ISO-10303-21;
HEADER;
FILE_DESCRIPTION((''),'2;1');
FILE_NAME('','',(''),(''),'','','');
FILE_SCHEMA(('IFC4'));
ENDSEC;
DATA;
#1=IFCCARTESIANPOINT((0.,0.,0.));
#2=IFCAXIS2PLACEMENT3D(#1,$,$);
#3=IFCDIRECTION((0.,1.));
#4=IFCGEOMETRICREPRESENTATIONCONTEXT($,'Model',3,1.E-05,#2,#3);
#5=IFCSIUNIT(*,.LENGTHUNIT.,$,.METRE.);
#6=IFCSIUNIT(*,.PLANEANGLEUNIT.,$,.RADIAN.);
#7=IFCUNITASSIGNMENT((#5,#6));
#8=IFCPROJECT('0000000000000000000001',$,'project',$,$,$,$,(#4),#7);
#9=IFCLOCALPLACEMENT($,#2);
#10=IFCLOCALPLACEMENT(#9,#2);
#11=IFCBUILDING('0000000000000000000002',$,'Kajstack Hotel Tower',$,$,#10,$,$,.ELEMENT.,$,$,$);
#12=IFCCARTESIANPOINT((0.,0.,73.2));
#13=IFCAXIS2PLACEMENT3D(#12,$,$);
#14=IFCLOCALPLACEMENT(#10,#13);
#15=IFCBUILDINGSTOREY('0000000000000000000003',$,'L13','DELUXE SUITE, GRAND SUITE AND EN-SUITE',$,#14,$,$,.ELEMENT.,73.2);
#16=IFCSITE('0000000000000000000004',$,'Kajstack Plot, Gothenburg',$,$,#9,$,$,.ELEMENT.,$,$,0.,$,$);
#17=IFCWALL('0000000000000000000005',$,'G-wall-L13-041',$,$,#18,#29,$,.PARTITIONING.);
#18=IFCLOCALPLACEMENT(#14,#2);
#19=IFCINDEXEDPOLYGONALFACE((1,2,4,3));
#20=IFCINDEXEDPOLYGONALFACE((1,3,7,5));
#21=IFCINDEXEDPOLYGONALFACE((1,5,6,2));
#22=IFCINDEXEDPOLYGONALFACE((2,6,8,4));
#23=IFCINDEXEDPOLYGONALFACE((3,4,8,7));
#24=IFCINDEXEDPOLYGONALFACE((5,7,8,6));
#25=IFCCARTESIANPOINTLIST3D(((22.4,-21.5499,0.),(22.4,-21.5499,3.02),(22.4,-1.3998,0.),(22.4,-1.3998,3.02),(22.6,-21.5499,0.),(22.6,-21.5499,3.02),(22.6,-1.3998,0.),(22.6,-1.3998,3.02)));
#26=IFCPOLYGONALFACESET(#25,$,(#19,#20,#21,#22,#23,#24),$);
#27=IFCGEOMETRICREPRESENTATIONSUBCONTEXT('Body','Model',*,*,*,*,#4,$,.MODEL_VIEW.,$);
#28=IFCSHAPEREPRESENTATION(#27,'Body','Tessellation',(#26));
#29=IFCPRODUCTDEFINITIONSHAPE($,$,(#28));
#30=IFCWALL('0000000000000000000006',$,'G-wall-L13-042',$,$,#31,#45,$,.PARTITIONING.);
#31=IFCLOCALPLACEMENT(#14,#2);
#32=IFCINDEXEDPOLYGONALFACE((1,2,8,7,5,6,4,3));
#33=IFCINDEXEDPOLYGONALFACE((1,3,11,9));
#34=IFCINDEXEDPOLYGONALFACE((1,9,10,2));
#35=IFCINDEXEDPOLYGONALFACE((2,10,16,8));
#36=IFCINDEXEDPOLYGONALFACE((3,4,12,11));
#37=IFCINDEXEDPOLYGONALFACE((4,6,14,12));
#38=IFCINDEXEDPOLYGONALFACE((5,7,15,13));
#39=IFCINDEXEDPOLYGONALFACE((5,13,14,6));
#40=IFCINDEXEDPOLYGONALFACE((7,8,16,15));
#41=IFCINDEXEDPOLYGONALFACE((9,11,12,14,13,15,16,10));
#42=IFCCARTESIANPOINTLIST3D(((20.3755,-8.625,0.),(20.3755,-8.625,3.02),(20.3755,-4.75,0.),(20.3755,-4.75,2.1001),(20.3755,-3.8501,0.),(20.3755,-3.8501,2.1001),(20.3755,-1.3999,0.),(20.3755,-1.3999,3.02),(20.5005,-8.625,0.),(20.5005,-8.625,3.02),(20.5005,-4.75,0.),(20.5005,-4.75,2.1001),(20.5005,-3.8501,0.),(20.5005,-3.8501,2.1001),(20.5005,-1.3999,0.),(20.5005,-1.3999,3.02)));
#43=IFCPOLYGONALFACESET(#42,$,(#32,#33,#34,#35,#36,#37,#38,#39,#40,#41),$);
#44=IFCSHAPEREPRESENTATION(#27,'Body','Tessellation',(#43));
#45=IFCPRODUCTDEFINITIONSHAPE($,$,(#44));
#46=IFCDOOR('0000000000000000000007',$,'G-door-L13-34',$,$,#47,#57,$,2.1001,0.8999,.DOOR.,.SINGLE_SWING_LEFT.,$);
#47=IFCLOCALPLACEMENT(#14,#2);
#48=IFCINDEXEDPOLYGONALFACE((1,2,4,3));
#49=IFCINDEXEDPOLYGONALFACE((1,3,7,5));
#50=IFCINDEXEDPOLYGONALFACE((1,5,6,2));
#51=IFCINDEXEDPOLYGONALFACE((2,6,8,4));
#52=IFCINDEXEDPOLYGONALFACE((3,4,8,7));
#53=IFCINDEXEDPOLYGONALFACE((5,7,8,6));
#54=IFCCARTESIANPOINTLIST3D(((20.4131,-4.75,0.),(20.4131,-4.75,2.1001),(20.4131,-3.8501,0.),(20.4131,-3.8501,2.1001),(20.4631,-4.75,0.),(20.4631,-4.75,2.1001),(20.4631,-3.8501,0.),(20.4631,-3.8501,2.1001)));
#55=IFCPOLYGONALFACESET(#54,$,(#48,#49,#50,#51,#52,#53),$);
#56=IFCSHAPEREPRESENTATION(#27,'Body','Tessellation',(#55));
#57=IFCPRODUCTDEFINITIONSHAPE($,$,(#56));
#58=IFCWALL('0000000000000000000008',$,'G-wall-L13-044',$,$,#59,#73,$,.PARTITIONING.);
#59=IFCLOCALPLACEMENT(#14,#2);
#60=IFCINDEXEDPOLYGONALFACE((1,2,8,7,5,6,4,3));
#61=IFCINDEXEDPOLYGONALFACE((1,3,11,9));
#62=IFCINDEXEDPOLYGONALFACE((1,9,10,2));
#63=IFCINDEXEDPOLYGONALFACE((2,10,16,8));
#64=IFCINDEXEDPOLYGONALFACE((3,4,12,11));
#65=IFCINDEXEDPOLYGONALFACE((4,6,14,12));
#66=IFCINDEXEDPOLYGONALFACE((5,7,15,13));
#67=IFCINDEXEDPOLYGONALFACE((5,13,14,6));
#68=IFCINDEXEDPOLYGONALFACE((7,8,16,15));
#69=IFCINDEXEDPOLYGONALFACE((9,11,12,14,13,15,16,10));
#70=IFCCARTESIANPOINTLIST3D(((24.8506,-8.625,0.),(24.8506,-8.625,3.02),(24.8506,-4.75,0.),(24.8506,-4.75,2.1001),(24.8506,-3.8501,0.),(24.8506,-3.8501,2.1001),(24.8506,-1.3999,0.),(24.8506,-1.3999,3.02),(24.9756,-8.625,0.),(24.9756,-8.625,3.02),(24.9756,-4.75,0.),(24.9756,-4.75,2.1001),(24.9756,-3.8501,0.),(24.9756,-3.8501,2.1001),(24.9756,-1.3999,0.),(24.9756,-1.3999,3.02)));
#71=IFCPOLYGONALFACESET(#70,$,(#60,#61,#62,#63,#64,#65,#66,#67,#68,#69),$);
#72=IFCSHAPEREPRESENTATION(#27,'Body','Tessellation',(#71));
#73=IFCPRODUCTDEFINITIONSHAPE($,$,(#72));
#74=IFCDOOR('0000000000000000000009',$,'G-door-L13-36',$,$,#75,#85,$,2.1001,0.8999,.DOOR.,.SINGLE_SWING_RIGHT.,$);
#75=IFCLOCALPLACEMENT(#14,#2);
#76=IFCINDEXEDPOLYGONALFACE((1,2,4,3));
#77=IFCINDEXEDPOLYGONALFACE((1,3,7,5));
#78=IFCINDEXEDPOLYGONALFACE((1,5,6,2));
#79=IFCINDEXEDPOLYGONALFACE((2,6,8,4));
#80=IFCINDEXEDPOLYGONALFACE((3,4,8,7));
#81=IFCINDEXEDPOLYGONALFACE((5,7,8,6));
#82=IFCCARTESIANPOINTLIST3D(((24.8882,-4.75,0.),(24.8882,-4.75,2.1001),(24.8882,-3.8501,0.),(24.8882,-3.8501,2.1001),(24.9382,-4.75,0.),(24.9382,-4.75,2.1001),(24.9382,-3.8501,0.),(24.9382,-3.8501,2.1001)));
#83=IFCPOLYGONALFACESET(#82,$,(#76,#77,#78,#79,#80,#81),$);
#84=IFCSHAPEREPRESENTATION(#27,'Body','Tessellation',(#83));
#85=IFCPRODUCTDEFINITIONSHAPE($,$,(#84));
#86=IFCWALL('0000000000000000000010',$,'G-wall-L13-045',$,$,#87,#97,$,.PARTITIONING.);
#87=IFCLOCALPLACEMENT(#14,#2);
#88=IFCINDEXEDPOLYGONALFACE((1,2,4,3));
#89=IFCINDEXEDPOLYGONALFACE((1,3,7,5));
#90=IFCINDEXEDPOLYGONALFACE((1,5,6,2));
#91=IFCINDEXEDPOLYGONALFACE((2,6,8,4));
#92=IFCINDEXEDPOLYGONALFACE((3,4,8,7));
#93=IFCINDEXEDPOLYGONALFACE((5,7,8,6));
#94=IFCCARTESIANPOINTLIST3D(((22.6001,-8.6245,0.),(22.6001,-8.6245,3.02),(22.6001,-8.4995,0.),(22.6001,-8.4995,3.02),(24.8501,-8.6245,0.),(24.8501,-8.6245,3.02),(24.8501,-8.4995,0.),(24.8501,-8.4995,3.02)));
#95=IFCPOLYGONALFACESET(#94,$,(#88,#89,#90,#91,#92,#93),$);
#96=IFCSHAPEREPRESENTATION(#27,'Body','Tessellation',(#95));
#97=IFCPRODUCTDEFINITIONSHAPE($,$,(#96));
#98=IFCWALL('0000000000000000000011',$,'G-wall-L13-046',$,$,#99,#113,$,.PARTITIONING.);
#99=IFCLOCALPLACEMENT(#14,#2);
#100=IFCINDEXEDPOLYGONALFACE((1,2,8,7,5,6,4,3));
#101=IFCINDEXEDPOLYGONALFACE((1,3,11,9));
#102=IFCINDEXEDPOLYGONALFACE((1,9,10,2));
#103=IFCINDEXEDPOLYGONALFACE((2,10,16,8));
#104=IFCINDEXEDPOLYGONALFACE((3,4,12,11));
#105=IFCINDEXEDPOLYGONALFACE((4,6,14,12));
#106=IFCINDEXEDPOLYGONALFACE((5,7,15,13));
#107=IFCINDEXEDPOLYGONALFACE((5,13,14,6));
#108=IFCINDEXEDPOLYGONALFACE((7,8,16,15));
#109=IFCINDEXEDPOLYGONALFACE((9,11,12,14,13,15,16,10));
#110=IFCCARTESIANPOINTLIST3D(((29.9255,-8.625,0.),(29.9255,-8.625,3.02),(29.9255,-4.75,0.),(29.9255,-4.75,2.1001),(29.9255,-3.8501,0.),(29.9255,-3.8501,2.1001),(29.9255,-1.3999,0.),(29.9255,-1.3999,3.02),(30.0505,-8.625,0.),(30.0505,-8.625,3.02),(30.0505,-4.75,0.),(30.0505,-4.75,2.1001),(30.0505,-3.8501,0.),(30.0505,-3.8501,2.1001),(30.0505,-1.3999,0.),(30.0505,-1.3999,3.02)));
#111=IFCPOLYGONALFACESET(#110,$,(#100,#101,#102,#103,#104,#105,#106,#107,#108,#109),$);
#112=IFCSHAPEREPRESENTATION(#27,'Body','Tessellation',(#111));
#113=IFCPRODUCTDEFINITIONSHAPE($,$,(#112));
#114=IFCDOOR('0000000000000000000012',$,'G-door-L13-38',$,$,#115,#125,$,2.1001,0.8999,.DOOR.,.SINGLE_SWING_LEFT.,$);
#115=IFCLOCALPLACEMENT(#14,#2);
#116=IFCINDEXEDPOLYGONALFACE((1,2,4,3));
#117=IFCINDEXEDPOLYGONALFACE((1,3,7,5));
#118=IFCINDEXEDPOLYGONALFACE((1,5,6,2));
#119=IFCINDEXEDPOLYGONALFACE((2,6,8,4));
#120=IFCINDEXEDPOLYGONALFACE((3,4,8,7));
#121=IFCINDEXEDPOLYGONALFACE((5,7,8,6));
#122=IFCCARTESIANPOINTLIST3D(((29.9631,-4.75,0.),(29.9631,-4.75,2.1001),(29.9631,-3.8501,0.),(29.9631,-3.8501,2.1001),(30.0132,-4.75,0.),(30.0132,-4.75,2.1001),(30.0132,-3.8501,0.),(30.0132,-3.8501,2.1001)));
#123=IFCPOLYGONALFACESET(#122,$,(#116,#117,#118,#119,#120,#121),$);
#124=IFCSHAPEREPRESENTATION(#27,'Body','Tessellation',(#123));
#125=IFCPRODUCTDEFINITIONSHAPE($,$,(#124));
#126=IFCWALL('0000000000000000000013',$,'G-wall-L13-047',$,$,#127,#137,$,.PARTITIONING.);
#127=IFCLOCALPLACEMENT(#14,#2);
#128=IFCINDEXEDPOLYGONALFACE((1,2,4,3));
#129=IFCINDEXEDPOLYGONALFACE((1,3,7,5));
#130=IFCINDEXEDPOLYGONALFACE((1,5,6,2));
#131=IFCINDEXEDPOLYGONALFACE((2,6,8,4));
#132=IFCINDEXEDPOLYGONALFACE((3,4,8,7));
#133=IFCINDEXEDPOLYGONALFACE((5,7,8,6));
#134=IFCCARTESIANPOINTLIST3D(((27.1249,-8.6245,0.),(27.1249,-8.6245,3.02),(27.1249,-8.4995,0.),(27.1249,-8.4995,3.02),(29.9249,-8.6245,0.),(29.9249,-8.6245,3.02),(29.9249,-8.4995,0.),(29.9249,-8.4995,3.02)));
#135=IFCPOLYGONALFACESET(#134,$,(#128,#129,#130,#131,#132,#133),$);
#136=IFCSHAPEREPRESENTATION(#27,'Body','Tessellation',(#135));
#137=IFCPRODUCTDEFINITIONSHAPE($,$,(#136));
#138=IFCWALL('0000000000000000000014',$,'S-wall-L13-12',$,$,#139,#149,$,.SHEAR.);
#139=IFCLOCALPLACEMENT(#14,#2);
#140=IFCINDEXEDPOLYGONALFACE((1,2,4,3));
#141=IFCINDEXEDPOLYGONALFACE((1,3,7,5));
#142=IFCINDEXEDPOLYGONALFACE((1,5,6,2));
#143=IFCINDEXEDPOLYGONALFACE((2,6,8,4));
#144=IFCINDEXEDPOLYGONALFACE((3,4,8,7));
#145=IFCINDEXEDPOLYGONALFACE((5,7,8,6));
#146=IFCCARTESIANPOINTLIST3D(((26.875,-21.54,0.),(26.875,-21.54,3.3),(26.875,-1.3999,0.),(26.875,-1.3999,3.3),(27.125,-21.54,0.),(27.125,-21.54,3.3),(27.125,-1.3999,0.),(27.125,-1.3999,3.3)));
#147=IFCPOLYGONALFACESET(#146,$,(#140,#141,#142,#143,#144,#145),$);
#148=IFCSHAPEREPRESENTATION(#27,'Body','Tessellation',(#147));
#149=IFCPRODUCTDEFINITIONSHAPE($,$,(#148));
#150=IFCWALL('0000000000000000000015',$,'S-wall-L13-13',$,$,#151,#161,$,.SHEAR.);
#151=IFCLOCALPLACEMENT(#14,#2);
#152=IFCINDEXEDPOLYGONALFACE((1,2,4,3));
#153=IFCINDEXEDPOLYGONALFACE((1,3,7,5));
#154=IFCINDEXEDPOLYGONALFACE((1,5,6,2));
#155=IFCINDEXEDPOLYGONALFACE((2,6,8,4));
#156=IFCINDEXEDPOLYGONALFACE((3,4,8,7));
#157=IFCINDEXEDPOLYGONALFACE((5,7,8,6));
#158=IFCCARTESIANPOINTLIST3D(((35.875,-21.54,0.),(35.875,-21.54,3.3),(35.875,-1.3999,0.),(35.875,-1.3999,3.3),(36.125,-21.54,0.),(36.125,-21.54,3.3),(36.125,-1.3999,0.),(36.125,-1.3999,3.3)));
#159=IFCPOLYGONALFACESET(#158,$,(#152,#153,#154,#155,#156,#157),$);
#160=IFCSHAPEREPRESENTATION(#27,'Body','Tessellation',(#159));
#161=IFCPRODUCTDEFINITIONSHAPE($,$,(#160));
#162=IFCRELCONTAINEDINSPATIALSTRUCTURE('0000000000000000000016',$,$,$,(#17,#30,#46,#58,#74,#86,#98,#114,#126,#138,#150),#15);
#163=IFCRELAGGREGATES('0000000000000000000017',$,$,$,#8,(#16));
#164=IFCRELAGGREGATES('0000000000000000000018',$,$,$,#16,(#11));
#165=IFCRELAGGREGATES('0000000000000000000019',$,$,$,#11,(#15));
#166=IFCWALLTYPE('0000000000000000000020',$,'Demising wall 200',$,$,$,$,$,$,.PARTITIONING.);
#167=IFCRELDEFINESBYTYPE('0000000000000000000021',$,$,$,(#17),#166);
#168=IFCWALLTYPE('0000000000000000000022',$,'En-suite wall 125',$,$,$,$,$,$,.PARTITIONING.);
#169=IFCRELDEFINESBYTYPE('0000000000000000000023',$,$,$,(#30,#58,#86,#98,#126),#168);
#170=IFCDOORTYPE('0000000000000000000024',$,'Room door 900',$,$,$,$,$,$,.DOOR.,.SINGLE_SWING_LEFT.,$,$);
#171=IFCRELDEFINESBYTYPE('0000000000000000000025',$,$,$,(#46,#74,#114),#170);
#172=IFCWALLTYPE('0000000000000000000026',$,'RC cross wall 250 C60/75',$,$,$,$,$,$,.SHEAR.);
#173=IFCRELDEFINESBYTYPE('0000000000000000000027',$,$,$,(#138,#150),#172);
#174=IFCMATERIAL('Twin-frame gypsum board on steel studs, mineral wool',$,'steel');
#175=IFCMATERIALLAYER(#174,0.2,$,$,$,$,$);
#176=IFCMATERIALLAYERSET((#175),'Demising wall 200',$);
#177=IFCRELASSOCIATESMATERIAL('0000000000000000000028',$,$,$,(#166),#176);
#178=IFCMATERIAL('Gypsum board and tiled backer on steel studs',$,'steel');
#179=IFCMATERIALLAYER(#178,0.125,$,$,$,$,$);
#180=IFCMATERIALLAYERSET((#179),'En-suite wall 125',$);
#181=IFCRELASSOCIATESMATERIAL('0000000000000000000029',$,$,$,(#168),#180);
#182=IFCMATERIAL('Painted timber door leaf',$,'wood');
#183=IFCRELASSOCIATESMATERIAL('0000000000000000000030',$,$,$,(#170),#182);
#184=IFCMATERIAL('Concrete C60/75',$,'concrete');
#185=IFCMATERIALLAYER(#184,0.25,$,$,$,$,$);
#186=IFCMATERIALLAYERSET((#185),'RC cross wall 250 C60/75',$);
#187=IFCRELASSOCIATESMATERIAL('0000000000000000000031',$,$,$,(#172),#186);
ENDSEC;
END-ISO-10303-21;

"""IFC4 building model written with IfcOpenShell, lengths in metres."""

from ifc_helpers import new_model, si_unit, direction, frame, frame_2d, origin, place, context, subcontext, project, spatial, rectangle, extrude, material, layer, layer_set, type_object, element, fill, save


model = new_model("IFC4")

# Units and contexts
model_context = context("Model", 3, precision=1e-05, world=origin(), true_north=direction((0.0, 1.0)))
body_context = subcontext(model_context, "Body", "Model", "MODEL_VIEW")
ifc_project = project(units=[si_unit("LENGTHUNIT", "METRE"), si_unit("PLANEANGLEUNIT", "RADIAN")], contexts=[model_context])

# Site, building, storey
site_placement = place(None, origin())
site = spatial("IfcSite", under=ifc_project, at=site_placement, Name="Kajstack Plot, Gothenburg", CompositionType="ELEMENT", RefElevation=0.0)
building_placement = place(site_placement, origin())
building = spatial("IfcBuilding", under=site, at=building_placement, Name="Kajstack Hotel Tower", CompositionType="ELEMENT")
storey_placement = place(building_placement, frame((0.0, 0.0, 73.2)))
storey = spatial("IfcBuildingStorey", under=building, at=storey_placement, Name="L13", Description="DELUXE SUITE, GRAND SUITE AND EN-SUITE", CompositionType="ELEMENT", Elevation=73.2)

# Wall
ifc_material_1 = material(Name="Twin-frame gypsum board on steel studs, mineral wool", Category="steel")
ifc_layer_1 = layer(ifc_material_1, 0.2)
ifc_layer_set_1 = layer_set([ifc_layer_1], Name="Demising wall 200")
wall_type_1 = type_object("IfcWallType", Name="Demising wall 200", PredefinedType="PARTITIONING", material=ifc_layer_set_1)
wall_1_placement = place(storey_placement, frame((22.5, -21.55, 0.0), z_axis=(0.0, 0.0, 1.0), x_axis=(0.0, 1.0, 0.0)))
element("IfcWall", 1, at=wall_1_placement, inside=storey, type_object=wall_type_1, Name="G-wall-L13-041", PredefinedType="PARTITIONING", context=body_context, shape_type="SweptSolid", body=[
    extrude(rectangle(XDim=20.1501, YDim=0.2, at=frame_2d((10.0752, 0.0))), origin(), (0.0, 0.0, 1.0), 3.02),
])

# Walls, openings, doors
ifc_material_2 = material(Name="Gypsum board and tiled backer on steel studs", Category="steel")
ifc_layer_2 = layer(ifc_material_2, 0.125)
ifc_layer_set_2 = layer_set([ifc_layer_2], Name="En-suite wall 125")
wall_type_2 = type_object("IfcWallType", Name="En-suite wall 125", PredefinedType="PARTITIONING", material=ifc_layer_set_2)
wall_2_placement = place(storey_placement, frame((20.438, -8.625, 0.0), z_axis=(0.0, 0.0, 1.0), x_axis=(0.0, 1.0, 0.0)))
wall_2 = element("IfcWall", 2, at=wall_2_placement, inside=storey, type_object=wall_type_2, Name="G-wall-L13-042", PredefinedType="PARTITIONING", context=body_context, shape_type="SweptSolid", body=[
    extrude(rectangle(XDim=7.2251, YDim=0.125, at=frame_2d((3.6125, 0.0))), origin(), (0.0, 0.0, 1.0), 3.02),
])
opening_1_placement = place(wall_2_placement, frame((3.875, 0.0, 0.0)))
opening_1 = element("IfcOpeningElement", 3, at=opening_1_placement, cuts=wall_2, PredefinedType="OPENING", context=body_context, shape_type="SweptSolid", body=[
    extrude(rectangle(XDim=0.8999, YDim=2.1001, at=frame_2d((0.45, 1.05))), frame((0.0, 0.0725, 0.0), z_axis=(0.0, -1.0, 0.0), x_axis=(1.0, 0.0, 0.0)), (0.0, 0.0, 1.0), 0.145),
])
ifc_material_3 = material(Name="Painted timber door leaf", Category="wood")
door_type_1 = type_object("IfcDoorType", Name="Room door 900", OperationType="SINGLE_SWING_LEFT", PredefinedType="DOOR", material=ifc_material_3)
door_1_placement = place(opening_1_placement, origin())
door_1 = element("IfcDoor", 4, at=door_1_placement, inside=storey, type_object=door_type_1, Name="G-door-L13-34", OperationType="SINGLE_SWING_LEFT", OverallHeight=2.1001, OverallWidth=0.8999, PredefinedType="DOOR", context=body_context, shape_type="SweptSolid", body=[
    extrude(rectangle(XDim=0.8999, YDim=2.1001, at=frame_2d((0.45, 1.05))), frame((0.0, 0.0249, 0.0), z_axis=(0.0, -1.0, 0.0), x_axis=(1.0, 0.0, 0.0)), (0.0, 0.0, 1.0), 0.05),
])
fill(opening_1, door_1)
wall_3_placement = place(storey_placement, frame((24.9131, -8.625, 0.0), z_axis=(0.0, 0.0, 1.0), x_axis=(0.0, 1.0, 0.0)))
wall_3 = element("IfcWall", 5, at=wall_3_placement, inside=storey, type_object=wall_type_2, Name="G-wall-L13-044", PredefinedType="PARTITIONING", context=body_context, shape_type="SweptSolid", body=[
    extrude(rectangle(XDim=7.2251, YDim=0.125, at=frame_2d((3.6125, 0.0))), origin(), (0.0, 0.0, 1.0), 3.02),
])
opening_2_placement = place(wall_3_placement, frame((3.875, 0.0, 0.0)))
opening_2 = element("IfcOpeningElement", 6, at=opening_2_placement, cuts=wall_3, PredefinedType="OPENING", context=body_context, shape_type="SweptSolid", body=[
    extrude(rectangle(XDim=0.8999, YDim=2.1001, at=frame_2d((0.45, 1.05))), frame((0.0, 0.0725, 0.0), z_axis=(0.0, -1.0, 0.0), x_axis=(1.0, 0.0, 0.0)), (0.0, 0.0, 1.0), 0.145),
])
door_2_placement = place(opening_2_placement, origin())
door_2 = element("IfcDoor", 7, at=door_2_placement, inside=storey, type_object=door_type_1, Name="G-door-L13-36", OperationType="SINGLE_SWING_RIGHT", OverallHeight=2.1001, OverallWidth=0.8999, PredefinedType="DOOR", context=body_context, shape_type="SweptSolid", body=[
    extrude(rectangle(XDim=0.8999, YDim=2.1001, at=frame_2d((0.45, 1.05))), frame((0.0, 0.0249, 0.0), z_axis=(0.0, -1.0, 0.0), x_axis=(1.0, 0.0, 0.0)), (0.0, 0.0, 1.0), 0.05),
])
fill(opening_2, door_2)

# Wall
wall_4_placement = place(storey_placement, frame((22.6001, -8.562, 0.0), z_axis=(0.0, 0.0, 1.0), x_axis=(1.0, 0.0, 0.0)))
element("IfcWall", 8, at=wall_4_placement, inside=storey, type_object=wall_type_2, Name="G-wall-L13-045", PredefinedType="PARTITIONING", context=body_context, shape_type="SweptSolid", body=[
    extrude(rectangle(XDim=2.25, YDim=0.125, at=frame_2d((1.125, 0.0))), origin(), (0.0, 0.0, 1.0), 3.02),
])

# Wall, opening, door
wall_5_placement = place(storey_placement, frame((29.988, -8.625, 0.0), z_axis=(0.0, 0.0, 1.0), x_axis=(0.0, 1.0, 0.0)))
wall_5 = element("IfcWall", 9, at=wall_5_placement, inside=storey, type_object=wall_type_2, Name="G-wall-L13-046", PredefinedType="PARTITIONING", context=body_context, shape_type="SweptSolid", body=[
    extrude(rectangle(XDim=7.2251, YDim=0.125, at=frame_2d((3.6125, 0.0))), origin(), (0.0, 0.0, 1.0), 3.02),
])
opening_3_placement = place(wall_5_placement, frame((3.875, 0.0, 0.0)))
opening_3 = element("IfcOpeningElement", 10, at=opening_3_placement, cuts=wall_5, PredefinedType="OPENING", context=body_context, shape_type="SweptSolid", body=[
    extrude(rectangle(XDim=0.8999, YDim=2.1001, at=frame_2d((0.45, 1.05))), frame((0.0, 0.0725, 0.0), z_axis=(0.0, -1.0, 0.0), x_axis=(1.0, 0.0, 0.0)), (0.0, 0.0, 1.0), 0.145),
])
door_3_placement = place(opening_3_placement, origin())
door_3 = element("IfcDoor", 11, at=door_3_placement, inside=storey, type_object=door_type_1, Name="G-door-L13-38", OperationType="SINGLE_SWING_LEFT", OverallHeight=2.1001, OverallWidth=0.8999, PredefinedType="DOOR", context=body_context, shape_type="SweptSolid", body=[
    extrude(rectangle(XDim=0.8999, YDim=2.1001, at=frame_2d((0.45, 1.05))), frame((0.0, 0.0249, 0.0), z_axis=(0.0, -1.0, 0.0), x_axis=(1.0, 0.0, 0.0)), (0.0, 0.0, 1.0), 0.05),
])
fill(opening_3, door_3)

# Walls
wall_6_placement = place(storey_placement, frame((27.125, -8.562, 0.0), z_axis=(0.0, 0.0, 1.0), x_axis=(1.0, 0.0, 0.0)))
element("IfcWall", 12, at=wall_6_placement, inside=storey, type_object=wall_type_2, Name="G-wall-L13-047", PredefinedType="PARTITIONING", context=body_context, shape_type="SweptSolid", body=[
    extrude(rectangle(XDim=2.8, YDim=0.125, at=frame_2d((1.3999, 0.0))), origin(), (0.0, 0.0, 1.0), 3.02),
])
ifc_material_4 = material(Name="Concrete C60/75", Category="concrete")
ifc_layer_3 = layer(ifc_material_4, 0.25)
ifc_layer_set_3 = layer_set([ifc_layer_3], Name="RC cross wall 250 C60/75")
wall_type_3 = type_object("IfcWallType", Name="RC cross wall 250 C60/75", PredefinedType="SHEAR", material=ifc_layer_set_3)
for number, where, z_axis, x_axis, name in (
    (13, (27.0, -21.54, 0.0), (0.0, 0.0, 1.0), (0.0, 1.0, 0.0), "S-wall-L13-12"),
    (14, (36.0, -21.54, 0.0), (0.0, 0.0, 1.0), (0.0, 1.0, 0.0), "S-wall-L13-13"),
):
    element("IfcWall", number, at=place(storey_placement, frame(where, z_axis=z_axis, x_axis=x_axis)), inside=storey, type_object=wall_type_3, Name=name, PredefinedType="SHEAR", context=body_context, shape_type="SweptSolid", body=[
        extrude(rectangle(XDim=20.1401, YDim=0.25, at=frame_2d((10.0701, 0.0))), origin(), (0.0, 0.0, 1.0), 3.3),
    ])

save(model, "model.ifc")
